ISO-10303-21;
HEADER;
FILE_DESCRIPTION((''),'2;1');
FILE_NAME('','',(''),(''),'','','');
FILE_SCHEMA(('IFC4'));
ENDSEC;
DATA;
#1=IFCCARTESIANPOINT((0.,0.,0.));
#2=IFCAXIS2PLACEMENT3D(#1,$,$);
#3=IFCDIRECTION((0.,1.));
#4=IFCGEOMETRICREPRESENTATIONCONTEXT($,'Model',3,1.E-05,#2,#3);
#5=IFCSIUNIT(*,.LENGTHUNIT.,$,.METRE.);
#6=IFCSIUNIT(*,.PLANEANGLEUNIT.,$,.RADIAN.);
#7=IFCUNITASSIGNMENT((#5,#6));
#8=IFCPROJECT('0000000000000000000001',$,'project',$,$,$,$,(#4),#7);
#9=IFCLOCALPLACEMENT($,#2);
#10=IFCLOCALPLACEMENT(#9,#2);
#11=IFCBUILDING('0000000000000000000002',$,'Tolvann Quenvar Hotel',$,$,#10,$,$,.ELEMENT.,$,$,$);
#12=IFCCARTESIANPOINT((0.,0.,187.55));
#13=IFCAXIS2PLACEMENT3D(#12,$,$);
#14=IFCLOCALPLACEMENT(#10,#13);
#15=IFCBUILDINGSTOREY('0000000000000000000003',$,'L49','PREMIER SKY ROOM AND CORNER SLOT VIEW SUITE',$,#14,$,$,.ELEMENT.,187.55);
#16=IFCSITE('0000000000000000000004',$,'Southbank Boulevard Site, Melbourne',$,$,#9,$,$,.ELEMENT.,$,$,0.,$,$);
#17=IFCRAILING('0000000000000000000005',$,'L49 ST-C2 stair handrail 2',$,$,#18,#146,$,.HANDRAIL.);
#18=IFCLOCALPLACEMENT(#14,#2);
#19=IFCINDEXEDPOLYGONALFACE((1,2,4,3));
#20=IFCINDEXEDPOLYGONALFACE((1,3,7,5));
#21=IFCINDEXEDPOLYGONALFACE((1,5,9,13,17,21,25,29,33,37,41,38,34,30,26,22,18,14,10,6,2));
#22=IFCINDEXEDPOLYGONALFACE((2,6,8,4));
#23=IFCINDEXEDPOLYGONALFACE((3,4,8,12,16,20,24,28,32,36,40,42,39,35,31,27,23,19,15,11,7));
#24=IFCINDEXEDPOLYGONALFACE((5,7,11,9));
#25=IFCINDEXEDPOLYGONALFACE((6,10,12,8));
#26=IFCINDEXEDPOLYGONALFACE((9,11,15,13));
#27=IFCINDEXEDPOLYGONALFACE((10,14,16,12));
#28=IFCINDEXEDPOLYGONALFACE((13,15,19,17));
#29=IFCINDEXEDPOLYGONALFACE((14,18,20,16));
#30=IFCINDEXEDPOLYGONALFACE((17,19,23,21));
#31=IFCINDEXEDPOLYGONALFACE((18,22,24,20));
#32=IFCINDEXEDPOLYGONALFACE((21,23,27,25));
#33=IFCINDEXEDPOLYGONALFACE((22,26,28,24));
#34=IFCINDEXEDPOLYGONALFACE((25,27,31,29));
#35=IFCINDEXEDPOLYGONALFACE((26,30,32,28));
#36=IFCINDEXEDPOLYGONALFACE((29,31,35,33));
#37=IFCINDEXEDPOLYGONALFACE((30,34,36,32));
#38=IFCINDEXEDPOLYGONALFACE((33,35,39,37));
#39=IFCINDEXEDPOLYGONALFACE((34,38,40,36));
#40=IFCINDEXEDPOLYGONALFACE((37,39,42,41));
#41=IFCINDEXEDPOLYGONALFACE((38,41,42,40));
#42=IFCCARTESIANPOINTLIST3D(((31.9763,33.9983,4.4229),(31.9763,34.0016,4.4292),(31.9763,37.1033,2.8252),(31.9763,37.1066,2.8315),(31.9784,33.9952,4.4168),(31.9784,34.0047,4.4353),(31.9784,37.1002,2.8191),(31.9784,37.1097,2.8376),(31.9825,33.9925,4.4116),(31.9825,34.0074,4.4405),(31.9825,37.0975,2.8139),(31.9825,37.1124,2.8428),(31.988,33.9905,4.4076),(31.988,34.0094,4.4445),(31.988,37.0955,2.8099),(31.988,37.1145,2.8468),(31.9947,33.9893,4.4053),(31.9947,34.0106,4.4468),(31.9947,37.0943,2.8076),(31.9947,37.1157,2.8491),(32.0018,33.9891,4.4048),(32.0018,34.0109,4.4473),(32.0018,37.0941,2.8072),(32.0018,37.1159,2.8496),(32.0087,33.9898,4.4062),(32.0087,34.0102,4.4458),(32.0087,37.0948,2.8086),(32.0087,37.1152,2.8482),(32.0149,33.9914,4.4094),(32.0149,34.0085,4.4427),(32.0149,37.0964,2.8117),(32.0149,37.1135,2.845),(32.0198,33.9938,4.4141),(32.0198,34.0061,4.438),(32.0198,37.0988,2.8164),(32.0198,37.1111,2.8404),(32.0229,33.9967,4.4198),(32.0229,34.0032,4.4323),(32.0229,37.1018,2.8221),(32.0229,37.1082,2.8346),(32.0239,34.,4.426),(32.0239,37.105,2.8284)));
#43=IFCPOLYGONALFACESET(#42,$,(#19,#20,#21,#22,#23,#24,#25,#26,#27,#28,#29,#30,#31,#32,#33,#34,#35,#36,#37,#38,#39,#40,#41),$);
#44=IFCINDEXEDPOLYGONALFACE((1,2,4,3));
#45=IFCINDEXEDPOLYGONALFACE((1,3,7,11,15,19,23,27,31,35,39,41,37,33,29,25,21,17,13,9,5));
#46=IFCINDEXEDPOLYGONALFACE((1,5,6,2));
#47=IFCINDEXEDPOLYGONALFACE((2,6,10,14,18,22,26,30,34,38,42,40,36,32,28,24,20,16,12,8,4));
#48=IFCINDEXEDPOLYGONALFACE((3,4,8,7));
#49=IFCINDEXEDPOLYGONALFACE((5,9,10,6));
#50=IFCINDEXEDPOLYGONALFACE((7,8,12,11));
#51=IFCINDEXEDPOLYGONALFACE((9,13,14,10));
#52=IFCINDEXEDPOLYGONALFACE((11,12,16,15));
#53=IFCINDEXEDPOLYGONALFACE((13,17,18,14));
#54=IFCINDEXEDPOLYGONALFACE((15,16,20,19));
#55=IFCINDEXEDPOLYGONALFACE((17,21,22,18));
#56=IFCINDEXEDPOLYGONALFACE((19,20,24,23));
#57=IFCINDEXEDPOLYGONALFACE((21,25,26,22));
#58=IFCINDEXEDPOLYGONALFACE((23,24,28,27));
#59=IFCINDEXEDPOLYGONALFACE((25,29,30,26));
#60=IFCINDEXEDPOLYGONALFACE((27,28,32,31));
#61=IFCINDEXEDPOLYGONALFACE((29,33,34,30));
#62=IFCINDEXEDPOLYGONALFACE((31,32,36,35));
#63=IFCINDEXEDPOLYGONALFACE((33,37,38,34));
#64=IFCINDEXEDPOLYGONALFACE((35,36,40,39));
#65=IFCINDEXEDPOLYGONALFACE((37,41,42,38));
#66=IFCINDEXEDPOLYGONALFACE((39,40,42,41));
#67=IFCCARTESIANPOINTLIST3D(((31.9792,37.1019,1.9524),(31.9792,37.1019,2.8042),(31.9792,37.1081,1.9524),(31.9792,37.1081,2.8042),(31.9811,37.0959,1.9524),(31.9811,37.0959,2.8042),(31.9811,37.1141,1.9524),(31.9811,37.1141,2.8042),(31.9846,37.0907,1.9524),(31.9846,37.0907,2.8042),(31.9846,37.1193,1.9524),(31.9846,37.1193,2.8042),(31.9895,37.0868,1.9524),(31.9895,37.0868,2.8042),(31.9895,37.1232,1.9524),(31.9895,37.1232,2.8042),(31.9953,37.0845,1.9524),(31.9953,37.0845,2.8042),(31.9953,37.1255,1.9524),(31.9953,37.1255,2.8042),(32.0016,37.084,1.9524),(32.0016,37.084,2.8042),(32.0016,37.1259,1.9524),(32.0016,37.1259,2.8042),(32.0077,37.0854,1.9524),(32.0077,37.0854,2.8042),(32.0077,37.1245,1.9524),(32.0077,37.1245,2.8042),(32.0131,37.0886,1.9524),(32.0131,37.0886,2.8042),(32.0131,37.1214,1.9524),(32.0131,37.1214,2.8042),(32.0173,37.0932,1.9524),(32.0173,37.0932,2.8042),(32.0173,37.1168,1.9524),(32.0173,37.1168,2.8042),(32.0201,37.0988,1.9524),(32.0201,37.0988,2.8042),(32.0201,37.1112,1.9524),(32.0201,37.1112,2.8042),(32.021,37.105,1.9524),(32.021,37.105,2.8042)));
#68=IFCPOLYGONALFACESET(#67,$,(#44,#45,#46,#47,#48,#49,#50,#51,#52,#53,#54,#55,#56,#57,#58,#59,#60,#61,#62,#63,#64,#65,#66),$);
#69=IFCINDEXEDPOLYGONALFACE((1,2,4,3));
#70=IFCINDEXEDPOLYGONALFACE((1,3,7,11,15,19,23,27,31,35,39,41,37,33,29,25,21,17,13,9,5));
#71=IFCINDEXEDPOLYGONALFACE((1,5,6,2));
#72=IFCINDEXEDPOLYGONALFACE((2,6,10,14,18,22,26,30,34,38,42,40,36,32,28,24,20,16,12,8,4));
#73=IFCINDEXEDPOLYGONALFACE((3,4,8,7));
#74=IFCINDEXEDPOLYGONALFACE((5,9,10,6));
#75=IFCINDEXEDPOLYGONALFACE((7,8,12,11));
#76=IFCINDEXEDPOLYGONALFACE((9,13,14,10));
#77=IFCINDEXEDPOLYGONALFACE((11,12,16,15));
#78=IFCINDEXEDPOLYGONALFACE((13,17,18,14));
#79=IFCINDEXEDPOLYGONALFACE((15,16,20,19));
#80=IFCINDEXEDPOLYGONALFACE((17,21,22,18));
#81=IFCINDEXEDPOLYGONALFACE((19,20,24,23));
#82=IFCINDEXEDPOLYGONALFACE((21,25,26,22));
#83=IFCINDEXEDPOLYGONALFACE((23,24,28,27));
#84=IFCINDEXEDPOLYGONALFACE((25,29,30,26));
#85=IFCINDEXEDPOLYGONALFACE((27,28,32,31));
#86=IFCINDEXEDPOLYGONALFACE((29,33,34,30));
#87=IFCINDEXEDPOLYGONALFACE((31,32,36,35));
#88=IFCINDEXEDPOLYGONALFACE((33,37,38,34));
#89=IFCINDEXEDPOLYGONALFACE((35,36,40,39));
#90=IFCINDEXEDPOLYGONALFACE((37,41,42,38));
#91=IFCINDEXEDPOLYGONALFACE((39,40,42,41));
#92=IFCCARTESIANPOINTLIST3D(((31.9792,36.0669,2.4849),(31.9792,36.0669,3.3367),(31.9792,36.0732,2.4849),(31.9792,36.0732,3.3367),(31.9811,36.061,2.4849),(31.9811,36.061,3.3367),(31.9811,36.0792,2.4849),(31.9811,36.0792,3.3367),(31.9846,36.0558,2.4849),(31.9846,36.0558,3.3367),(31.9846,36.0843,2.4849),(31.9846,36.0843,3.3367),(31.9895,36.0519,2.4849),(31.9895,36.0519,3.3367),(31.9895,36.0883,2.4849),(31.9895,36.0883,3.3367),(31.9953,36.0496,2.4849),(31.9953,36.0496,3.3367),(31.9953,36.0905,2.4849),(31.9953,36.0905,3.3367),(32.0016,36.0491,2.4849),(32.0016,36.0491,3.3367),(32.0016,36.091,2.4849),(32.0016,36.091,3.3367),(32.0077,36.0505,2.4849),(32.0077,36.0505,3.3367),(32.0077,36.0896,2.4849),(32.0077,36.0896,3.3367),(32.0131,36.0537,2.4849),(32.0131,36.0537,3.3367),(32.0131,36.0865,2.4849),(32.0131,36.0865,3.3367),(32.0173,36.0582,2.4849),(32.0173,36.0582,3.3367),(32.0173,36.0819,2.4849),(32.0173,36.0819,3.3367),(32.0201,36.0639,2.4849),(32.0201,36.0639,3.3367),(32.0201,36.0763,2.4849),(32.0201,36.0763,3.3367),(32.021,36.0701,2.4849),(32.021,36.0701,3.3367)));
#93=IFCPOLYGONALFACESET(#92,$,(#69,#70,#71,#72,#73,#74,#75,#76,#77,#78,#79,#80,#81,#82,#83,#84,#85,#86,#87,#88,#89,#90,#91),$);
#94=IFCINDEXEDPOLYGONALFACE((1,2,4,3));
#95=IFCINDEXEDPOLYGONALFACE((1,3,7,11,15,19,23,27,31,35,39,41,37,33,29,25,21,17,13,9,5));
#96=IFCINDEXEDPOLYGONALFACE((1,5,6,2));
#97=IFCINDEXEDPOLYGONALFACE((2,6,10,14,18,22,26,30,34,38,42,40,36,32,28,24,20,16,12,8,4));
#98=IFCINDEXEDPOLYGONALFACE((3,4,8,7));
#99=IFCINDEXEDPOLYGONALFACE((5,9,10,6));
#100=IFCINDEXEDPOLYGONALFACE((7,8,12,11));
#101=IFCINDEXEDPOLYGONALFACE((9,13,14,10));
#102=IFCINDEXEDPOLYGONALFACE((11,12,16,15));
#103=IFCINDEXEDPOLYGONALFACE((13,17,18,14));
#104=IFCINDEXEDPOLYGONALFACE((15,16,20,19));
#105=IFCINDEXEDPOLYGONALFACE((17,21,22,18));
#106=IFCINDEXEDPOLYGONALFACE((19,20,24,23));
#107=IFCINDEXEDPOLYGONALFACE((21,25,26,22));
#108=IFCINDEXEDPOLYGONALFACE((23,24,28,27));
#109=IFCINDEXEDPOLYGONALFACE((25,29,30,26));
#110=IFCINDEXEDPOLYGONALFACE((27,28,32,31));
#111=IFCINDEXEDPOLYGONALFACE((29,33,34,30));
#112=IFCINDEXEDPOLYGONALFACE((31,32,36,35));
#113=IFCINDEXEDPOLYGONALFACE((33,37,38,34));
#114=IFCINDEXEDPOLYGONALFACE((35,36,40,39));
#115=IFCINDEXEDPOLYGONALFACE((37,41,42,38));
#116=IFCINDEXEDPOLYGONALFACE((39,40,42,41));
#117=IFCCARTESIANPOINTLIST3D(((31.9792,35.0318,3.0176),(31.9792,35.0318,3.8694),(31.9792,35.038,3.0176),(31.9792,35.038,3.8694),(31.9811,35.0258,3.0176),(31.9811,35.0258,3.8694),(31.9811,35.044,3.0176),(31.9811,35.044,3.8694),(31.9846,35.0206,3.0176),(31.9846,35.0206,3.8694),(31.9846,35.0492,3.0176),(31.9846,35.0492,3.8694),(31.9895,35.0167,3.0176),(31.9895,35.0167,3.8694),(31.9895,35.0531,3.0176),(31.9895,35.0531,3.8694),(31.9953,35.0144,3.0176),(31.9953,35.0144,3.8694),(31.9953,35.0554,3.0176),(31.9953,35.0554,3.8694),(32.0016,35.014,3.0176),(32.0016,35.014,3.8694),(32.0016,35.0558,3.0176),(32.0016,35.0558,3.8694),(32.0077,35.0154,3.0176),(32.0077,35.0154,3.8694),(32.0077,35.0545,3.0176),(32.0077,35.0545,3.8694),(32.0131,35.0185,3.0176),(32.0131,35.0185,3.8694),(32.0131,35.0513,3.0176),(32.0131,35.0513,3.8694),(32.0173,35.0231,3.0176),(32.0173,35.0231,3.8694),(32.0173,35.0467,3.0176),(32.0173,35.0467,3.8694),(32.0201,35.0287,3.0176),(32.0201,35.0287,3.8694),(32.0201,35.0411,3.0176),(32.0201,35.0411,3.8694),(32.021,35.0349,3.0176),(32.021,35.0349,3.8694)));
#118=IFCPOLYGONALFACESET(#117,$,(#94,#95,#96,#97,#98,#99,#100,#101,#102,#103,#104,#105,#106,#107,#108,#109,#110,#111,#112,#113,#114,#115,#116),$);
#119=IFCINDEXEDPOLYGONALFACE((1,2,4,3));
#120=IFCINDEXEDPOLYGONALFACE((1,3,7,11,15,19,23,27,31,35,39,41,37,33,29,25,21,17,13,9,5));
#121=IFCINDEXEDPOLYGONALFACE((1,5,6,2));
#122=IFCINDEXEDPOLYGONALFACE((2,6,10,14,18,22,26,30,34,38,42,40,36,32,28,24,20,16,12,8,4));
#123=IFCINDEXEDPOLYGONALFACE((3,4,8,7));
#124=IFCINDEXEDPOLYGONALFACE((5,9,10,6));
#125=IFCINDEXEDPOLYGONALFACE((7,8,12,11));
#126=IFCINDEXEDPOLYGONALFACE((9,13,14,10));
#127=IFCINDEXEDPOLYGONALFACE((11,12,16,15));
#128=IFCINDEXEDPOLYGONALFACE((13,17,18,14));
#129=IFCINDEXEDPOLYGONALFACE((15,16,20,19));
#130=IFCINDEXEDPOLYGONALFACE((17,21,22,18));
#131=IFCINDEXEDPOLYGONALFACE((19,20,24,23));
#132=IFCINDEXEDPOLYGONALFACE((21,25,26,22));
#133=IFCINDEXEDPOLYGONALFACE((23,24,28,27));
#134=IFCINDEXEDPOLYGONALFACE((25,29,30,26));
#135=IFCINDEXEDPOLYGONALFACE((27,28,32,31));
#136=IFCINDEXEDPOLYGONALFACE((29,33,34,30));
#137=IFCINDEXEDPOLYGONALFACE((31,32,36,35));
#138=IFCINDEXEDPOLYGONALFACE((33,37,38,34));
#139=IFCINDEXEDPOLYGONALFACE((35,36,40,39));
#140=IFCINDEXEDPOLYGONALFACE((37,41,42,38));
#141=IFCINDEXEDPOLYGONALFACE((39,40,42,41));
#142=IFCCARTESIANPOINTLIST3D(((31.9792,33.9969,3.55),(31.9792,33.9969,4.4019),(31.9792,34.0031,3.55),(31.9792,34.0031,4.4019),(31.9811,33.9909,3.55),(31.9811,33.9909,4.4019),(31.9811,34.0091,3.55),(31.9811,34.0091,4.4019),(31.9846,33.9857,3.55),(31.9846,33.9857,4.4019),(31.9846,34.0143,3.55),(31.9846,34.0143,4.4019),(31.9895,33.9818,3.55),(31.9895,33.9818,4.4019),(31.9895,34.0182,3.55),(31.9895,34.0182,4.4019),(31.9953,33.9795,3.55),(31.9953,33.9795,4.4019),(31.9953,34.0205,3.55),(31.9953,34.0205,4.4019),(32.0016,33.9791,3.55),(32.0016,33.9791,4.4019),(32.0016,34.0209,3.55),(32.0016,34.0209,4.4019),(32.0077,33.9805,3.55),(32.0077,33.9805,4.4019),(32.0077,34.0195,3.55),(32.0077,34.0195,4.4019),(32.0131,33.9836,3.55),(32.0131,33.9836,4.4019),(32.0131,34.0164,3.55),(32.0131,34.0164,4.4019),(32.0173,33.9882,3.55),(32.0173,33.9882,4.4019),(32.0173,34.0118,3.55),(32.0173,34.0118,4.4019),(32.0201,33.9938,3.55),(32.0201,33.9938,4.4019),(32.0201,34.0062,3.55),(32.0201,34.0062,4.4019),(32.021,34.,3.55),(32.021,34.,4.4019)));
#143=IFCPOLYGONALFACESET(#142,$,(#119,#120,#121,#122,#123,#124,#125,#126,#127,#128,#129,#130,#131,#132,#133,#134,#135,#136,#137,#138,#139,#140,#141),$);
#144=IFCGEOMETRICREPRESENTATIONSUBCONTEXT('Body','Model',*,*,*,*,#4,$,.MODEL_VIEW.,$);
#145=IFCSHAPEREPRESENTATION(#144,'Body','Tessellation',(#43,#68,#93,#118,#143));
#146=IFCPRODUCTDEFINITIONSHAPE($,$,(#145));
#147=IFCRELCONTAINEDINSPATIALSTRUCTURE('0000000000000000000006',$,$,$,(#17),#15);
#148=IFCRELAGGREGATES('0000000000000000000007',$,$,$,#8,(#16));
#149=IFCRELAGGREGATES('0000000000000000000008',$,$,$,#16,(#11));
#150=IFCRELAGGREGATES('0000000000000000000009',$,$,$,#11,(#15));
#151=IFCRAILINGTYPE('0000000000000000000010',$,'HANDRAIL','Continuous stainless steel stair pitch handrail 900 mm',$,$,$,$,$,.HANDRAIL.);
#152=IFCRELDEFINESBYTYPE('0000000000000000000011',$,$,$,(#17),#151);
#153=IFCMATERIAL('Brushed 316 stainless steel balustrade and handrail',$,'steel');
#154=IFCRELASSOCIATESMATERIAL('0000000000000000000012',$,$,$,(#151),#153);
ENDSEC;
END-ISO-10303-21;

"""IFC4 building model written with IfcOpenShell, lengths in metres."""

from ifc_helpers import new_model, si_unit, direction, frame, origin, origin_2d, place, context, subcontext, project, spatial, circle, extrude, material, type_object, element, save


model = new_model("IFC4")

# Units and contexts
model_context = context("Model", 3, precision=1e-05, world=origin(), true_north=direction((0.0, 1.0)))
body_context = subcontext(model_context, "Body", "Model", "MODEL_VIEW")
ifc_project = project(units=[si_unit("LENGTHUNIT", "METRE"), si_unit("PLANEANGLEUNIT", "RADIAN")], contexts=[model_context])

# Site, building, storey
site_placement = place(None, origin())
site = spatial("IfcSite", under=ifc_project, at=site_placement, Name="Southbank Boulevard Site, Melbourne", CompositionType="ELEMENT", RefElevation=0.0)
building_placement = place(site_placement, origin())
building = spatial("IfcBuilding", under=site, at=building_placement, Name="Tolvann Quenvar Hotel", CompositionType="ELEMENT")
storey_placement = place(building_placement, frame((0.0, 0.0, 187.55)))
storey = spatial("IfcBuildingStorey", under=building, at=storey_placement, Name="L49", Description="PREMIER SKY ROOM AND CORNER SLOT VIEW SUITE", CompositionType="ELEMENT", Elevation=187.55)

# Railing
ifc_material_1 = material(Name="Brushed 316 stainless steel balustrade and handrail", Category="steel")
railing_type_1 = type_object("IfcRailingType", Name="HANDRAIL", Description="Continuous stainless steel stair pitch handrail 900 mm", PredefinedType="HANDRAIL", material=ifc_material_1)
railing_1_placement = place(storey_placement, frame((32.0, 37.105, 1.9524)))
element("IfcRailing", 1, at=railing_1_placement, inside=storey, type_object=railing_type_1, Name="L49 ST-C2 stair handrail 2", PredefinedType="HANDRAIL", context=body_context, shape_type="SweptSolid", body=[
    extrude(circle(Radius=0.0239, at=origin_2d()), frame((0.0, 0.0, 0.876), z_axis=(0.0, -0.889194, 0.457531), x_axis=(1.0, 0.0, 0.0)), (0.0, 0.0, 1.0), 3.4919),
    extrude(circle(Radius=0.021, at=origin_2d()), origin(), (0.0, 0.0, 1.0), 0.8518),
    extrude(circle(Radius=0.021, at=origin_2d()), frame((0.0, -1.0349, 0.5325)), (0.0, 0.0, 1.0), 0.8518),
    extrude(circle(Radius=0.021, at=origin_2d()), frame((0.0, -2.0701, 1.0652)), (0.0, 0.0, 1.0), 0.8518),
    extrude(circle(Radius=0.021, at=origin_2d()), frame((0.0, -3.105, 1.5977)), (0.0, 0.0, 1.0), 0.8518),
])

save(model, "model.ifc")
